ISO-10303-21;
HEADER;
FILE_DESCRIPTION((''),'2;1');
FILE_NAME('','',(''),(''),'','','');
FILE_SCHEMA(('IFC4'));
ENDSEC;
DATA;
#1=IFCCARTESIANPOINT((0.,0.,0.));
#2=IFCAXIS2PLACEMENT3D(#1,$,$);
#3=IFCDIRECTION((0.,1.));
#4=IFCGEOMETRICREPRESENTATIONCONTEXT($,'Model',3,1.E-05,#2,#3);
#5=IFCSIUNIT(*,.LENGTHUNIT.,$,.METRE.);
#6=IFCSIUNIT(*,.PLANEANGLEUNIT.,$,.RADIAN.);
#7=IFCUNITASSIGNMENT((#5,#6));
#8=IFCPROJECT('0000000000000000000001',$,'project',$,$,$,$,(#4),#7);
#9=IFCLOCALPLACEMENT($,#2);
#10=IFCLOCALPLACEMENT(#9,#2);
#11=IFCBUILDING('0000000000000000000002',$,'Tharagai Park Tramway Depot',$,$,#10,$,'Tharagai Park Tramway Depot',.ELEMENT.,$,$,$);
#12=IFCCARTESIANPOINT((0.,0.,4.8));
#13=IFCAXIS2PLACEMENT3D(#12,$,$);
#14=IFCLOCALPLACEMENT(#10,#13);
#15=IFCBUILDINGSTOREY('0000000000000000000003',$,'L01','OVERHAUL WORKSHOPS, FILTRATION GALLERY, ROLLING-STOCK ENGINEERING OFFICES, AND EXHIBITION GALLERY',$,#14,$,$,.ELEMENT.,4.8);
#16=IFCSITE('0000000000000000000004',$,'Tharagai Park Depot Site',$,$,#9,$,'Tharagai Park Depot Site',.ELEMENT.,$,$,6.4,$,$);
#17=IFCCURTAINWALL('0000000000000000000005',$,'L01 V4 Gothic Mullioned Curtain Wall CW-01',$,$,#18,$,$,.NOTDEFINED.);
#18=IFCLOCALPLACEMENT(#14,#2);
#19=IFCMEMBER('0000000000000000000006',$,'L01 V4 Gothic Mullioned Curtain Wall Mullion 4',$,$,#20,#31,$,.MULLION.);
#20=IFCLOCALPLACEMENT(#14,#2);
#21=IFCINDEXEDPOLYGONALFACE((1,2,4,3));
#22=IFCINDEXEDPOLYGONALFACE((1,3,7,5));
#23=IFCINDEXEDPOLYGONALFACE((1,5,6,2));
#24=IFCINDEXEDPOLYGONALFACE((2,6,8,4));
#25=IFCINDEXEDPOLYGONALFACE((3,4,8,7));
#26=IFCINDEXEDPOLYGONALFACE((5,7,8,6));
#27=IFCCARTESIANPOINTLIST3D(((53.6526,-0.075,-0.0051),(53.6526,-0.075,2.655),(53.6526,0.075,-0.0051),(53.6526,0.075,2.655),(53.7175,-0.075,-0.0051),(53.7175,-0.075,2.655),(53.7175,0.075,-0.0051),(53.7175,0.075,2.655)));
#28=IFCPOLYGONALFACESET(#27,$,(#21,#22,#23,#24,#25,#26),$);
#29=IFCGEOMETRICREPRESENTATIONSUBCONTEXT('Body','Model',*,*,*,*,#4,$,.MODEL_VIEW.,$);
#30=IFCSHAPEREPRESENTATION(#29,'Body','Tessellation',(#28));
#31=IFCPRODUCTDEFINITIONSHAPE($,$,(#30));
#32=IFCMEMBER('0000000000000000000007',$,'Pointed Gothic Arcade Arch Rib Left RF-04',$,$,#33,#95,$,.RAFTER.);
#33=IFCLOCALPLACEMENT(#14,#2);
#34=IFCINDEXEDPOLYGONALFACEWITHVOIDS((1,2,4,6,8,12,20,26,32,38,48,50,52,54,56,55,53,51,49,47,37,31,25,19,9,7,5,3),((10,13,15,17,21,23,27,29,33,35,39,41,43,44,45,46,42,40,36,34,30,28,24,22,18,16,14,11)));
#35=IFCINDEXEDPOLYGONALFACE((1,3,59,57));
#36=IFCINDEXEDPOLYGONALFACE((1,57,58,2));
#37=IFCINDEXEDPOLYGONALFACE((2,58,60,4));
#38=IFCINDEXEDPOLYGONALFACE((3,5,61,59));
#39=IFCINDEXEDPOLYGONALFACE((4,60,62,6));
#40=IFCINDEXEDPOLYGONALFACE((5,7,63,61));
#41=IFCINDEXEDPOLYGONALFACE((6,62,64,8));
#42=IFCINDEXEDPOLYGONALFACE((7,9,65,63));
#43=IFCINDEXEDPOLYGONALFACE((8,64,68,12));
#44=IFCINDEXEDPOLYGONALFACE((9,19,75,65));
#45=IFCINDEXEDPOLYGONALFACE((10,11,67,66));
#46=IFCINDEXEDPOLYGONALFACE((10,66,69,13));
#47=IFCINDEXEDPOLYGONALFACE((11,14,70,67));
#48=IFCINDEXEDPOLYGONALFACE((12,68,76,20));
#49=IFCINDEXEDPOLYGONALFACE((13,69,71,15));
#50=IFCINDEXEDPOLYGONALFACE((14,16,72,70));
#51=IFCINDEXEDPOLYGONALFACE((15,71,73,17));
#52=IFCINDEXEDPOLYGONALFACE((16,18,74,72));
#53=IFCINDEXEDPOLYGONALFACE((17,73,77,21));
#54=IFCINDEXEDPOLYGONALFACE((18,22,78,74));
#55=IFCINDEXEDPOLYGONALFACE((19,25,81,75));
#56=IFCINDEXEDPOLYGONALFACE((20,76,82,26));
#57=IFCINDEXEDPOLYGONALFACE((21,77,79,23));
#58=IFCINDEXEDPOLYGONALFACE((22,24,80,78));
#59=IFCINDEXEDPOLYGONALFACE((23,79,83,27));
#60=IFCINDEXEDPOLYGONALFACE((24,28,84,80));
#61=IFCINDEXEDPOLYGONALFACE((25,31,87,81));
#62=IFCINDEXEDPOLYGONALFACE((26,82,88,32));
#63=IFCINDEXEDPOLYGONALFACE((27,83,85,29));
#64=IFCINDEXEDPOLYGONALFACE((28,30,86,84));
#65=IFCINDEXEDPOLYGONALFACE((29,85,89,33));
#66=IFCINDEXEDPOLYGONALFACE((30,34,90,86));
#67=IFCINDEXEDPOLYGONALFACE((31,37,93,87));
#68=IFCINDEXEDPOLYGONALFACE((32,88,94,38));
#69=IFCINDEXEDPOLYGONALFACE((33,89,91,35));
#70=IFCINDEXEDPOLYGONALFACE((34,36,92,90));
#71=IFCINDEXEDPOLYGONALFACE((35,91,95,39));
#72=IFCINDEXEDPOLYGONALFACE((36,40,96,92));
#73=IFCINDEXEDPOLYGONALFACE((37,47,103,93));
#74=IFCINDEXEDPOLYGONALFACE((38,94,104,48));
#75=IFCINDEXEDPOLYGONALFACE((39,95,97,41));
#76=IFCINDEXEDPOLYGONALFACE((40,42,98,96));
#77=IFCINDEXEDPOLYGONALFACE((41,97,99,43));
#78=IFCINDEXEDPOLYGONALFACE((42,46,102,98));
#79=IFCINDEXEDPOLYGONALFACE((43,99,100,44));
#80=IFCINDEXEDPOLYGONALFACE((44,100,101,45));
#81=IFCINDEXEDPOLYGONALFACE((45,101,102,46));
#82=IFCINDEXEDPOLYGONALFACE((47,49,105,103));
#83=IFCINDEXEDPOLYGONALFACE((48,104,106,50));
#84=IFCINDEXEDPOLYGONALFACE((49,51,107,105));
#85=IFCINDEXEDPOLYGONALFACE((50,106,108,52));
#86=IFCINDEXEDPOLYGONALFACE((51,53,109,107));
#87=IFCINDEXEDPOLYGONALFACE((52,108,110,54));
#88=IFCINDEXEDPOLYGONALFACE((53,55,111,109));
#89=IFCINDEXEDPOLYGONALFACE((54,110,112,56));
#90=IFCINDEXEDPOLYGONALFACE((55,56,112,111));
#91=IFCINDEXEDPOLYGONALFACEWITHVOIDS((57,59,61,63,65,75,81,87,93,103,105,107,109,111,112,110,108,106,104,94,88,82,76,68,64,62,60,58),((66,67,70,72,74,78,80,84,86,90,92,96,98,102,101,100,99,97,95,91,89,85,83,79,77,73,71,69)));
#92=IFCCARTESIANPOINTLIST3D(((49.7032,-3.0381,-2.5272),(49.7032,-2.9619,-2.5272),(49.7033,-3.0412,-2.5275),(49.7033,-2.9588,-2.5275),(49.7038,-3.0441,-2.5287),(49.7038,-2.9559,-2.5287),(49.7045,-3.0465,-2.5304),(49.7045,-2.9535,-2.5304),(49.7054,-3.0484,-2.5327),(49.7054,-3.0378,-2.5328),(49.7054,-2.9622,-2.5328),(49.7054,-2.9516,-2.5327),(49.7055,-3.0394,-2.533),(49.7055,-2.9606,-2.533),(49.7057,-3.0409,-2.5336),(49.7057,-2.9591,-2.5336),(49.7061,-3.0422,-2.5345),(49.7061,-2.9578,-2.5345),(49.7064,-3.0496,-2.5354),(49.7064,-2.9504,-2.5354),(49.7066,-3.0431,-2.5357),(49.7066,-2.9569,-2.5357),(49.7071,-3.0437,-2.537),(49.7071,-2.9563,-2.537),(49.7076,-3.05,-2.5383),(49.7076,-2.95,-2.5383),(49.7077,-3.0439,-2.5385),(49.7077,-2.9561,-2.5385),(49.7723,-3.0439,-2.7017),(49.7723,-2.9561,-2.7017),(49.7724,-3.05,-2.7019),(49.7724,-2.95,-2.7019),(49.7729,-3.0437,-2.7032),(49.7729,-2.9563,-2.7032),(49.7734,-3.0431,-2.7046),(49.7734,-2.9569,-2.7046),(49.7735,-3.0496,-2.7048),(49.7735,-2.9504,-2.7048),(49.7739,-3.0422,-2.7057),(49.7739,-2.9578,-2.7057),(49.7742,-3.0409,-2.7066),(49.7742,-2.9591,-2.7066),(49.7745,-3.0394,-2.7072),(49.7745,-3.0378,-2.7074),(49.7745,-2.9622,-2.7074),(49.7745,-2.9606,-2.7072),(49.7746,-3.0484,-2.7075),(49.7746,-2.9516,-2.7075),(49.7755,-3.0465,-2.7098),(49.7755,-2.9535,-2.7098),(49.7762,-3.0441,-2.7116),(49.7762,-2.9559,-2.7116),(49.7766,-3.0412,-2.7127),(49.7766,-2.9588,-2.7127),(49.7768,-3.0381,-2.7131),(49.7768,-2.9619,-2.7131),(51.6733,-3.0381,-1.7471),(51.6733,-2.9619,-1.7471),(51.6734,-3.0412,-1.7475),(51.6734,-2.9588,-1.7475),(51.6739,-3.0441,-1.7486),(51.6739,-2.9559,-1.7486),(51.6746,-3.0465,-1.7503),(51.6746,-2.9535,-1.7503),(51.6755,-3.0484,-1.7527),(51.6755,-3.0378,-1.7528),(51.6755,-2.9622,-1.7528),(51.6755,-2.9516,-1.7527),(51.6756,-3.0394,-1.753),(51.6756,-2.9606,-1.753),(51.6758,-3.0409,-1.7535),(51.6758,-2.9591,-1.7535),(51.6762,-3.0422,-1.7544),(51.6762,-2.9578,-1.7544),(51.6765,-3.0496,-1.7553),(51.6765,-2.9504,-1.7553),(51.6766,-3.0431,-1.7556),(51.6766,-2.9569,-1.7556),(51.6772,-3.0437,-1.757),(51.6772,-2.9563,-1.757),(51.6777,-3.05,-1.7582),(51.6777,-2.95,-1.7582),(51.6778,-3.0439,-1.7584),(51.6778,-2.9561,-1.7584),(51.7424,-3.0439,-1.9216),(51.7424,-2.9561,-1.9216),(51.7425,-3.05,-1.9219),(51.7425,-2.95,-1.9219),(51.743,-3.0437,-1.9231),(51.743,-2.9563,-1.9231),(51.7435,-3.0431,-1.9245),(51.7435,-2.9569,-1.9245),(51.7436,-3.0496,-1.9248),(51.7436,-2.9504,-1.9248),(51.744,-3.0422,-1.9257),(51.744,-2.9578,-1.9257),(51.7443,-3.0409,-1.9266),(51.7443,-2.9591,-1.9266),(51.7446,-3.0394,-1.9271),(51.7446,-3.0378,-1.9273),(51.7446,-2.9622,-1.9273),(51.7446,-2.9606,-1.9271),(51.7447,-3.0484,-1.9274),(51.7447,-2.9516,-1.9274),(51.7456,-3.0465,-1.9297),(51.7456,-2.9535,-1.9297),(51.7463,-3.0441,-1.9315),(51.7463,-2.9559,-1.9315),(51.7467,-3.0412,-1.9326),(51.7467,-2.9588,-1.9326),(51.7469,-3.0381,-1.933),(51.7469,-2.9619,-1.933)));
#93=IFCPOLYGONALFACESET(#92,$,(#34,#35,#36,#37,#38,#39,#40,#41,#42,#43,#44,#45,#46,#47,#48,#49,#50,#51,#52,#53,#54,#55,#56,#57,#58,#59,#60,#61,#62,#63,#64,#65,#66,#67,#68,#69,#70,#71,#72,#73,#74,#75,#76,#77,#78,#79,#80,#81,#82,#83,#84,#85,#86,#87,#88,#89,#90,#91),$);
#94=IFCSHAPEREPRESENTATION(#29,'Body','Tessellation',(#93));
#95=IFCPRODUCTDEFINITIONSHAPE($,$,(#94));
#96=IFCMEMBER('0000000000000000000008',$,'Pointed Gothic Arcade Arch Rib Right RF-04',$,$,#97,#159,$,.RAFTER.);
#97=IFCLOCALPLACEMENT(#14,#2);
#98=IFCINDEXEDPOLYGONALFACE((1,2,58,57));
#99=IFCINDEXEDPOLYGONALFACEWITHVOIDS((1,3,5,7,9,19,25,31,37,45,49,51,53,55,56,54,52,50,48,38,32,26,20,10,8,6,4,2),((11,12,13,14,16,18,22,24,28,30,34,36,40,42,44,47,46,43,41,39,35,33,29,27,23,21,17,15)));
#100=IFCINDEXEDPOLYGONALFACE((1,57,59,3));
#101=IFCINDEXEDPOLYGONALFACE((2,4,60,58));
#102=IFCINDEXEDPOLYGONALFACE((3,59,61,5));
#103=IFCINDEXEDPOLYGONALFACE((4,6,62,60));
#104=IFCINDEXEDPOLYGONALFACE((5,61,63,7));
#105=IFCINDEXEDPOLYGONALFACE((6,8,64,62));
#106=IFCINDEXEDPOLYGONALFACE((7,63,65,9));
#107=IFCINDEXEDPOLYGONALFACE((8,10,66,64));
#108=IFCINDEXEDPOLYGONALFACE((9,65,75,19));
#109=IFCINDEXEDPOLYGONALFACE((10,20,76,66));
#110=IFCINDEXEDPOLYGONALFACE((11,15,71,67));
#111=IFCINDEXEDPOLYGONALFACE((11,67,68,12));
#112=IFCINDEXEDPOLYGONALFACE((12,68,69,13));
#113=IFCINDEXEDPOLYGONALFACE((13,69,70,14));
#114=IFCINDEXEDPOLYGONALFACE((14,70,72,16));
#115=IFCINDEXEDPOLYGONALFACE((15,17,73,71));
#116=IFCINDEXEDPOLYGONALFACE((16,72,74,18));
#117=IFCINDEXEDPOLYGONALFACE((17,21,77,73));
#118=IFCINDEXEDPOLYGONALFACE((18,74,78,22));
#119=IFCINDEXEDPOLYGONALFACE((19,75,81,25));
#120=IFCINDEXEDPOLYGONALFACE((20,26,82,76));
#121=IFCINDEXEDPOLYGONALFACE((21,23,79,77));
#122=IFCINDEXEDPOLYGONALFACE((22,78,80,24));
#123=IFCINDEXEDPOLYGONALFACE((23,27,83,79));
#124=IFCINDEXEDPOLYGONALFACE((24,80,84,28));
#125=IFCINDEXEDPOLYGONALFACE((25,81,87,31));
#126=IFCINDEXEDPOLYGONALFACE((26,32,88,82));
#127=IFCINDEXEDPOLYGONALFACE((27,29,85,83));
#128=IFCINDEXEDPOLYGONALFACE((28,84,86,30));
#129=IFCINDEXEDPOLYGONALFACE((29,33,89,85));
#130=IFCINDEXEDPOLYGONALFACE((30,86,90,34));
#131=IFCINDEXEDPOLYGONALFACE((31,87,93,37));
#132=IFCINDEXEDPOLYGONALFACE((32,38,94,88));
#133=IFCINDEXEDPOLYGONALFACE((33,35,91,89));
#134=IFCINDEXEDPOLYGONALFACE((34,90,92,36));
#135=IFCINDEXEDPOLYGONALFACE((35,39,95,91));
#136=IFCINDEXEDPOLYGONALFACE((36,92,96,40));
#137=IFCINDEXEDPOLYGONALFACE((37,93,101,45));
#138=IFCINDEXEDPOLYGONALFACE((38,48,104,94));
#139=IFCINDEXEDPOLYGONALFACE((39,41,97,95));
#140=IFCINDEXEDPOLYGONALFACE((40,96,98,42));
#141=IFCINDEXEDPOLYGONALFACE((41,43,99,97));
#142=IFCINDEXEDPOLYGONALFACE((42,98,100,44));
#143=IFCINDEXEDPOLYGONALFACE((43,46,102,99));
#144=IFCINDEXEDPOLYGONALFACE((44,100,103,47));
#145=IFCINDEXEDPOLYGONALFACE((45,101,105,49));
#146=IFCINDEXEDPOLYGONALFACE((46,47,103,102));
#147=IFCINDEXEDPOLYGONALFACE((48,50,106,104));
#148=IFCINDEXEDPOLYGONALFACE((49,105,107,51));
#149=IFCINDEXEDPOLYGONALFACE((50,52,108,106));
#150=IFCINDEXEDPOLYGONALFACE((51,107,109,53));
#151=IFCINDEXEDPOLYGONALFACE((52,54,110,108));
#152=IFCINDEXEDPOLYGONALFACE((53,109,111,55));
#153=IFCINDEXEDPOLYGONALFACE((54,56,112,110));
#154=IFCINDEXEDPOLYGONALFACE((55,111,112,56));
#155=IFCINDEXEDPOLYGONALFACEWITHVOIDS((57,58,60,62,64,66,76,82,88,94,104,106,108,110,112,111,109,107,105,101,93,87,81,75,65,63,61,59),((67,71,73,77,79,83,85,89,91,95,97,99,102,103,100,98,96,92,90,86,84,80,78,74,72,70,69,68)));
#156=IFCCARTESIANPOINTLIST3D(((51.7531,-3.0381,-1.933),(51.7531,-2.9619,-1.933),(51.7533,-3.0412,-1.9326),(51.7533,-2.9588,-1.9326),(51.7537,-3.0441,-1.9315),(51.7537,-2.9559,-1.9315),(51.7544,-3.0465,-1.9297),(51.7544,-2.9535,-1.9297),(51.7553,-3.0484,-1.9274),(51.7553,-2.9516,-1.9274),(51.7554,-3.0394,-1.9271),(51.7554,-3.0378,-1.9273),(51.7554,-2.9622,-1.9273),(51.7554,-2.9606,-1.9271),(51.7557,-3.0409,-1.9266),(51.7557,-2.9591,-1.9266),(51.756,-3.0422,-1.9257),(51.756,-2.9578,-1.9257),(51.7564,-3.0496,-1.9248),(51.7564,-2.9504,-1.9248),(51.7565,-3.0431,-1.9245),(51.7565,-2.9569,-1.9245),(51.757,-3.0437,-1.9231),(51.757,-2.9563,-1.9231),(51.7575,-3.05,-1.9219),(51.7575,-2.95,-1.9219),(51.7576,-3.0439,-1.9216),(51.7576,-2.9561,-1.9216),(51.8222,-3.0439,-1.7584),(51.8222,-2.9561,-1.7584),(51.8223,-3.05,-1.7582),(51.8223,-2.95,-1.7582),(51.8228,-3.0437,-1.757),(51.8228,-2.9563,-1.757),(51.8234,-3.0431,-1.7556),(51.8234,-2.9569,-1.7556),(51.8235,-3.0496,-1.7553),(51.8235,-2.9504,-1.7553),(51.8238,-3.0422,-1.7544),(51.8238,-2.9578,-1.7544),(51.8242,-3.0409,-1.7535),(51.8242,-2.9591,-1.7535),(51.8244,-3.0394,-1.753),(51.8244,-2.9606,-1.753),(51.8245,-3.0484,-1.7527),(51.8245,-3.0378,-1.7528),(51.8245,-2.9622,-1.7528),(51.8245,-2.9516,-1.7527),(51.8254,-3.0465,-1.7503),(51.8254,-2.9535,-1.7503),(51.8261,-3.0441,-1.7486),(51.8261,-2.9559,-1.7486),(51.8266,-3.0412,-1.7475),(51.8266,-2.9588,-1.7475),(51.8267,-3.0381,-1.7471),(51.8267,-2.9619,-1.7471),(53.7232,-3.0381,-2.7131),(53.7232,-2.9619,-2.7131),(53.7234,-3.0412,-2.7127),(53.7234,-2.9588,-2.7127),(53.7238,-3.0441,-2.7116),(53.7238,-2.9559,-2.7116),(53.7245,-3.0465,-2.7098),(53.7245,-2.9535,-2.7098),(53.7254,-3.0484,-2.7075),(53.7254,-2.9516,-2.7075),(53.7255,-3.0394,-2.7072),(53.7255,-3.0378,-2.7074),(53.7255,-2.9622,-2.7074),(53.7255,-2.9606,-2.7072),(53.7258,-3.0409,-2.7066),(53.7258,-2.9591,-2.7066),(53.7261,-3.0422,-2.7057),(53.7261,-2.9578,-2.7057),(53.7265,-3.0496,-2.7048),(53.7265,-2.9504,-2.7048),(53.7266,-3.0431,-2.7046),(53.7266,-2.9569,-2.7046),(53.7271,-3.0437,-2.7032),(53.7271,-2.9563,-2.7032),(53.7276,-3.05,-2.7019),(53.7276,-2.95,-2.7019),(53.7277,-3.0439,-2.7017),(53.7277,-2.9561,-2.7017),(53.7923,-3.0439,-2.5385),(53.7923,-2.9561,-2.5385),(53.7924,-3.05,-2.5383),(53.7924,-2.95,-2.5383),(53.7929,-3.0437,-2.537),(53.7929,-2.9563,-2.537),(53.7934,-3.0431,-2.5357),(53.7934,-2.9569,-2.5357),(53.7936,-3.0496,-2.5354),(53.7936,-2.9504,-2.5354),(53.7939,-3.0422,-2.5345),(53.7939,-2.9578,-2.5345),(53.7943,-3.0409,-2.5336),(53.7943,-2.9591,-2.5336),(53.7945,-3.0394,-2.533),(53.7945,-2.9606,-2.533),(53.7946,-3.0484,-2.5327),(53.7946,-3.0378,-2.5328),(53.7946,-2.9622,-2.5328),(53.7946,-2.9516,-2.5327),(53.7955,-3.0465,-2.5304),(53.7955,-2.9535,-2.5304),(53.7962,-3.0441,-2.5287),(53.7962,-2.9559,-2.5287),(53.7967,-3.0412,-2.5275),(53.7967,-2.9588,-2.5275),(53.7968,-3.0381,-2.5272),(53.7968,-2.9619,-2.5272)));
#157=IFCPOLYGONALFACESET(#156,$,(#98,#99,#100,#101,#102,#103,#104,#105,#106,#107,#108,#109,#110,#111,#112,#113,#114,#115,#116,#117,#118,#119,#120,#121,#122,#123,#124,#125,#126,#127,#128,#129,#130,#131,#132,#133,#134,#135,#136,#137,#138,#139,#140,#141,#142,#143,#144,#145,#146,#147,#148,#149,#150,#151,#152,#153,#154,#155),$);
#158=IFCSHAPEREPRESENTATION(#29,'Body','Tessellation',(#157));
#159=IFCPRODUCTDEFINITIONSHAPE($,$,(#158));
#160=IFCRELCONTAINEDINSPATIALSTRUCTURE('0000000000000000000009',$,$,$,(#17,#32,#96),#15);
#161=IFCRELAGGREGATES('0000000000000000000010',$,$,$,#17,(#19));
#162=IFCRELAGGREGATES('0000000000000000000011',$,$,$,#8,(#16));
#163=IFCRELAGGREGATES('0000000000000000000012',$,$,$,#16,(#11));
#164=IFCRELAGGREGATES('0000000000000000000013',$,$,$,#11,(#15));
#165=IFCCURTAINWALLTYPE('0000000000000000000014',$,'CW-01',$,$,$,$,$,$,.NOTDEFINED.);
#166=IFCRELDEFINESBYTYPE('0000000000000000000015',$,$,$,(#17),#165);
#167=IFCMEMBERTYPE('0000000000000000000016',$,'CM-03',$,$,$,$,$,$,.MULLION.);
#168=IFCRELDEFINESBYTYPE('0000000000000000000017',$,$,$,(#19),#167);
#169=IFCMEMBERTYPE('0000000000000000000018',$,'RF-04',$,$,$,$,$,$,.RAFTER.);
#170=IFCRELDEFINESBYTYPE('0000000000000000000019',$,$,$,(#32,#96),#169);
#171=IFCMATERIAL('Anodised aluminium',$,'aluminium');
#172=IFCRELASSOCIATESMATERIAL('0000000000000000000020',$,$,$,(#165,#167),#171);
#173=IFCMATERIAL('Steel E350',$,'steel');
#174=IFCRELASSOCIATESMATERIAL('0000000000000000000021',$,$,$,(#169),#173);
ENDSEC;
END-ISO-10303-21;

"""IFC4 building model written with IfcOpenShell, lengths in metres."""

from ifc_helpers import new_model, si_unit, direction, frame, origin, origin_2d, place, context, subcontext, project, spatial, rectangle, hollow_rectangle, extrude, material, material_profile, profile_set, type_object, element, aggregate, save


model = new_model("IFC4")

# Units and contexts
model_context = context("Model", 3, precision=1e-05, world=origin(), true_north=direction((0.0, 1.0)))
body_context = subcontext(model_context, "Body", "Model", "MODEL_VIEW")
ifc_project = project(units=[si_unit("LENGTHUNIT", "METRE"), si_unit("PLANEANGLEUNIT", "RADIAN")], contexts=[model_context])

# Site, building, storey
site_placement = place(None, origin())
site = spatial("IfcSite", under=ifc_project, at=site_placement, Name="Tharagai Park Depot Site", LongName="Tharagai Park Depot Site", CompositionType="ELEMENT", RefElevation=6.4)
building_placement = place(site_placement, origin())
building = spatial("IfcBuilding", under=site, at=building_placement, Name="Tharagai Park Tramway Depot", LongName="Tharagai Park Tramway Depot", CompositionType="ELEMENT")
storey_placement = place(building_placement, frame((0.0, 0.0, 4.8)))
storey = spatial("IfcBuildingStorey", under=building, at=storey_placement, Name="L01", Description="OVERHAUL WORKSHOPS, FILTRATION GALLERY, ROLLING-STOCK ENGINEERING OFFICES, AND EXHIBITION GALLERY", CompositionType="ELEMENT", Elevation=4.8)

# Curtain wall, member
ifc_material_1 = material(Name="Anodised aluminium", Category="aluminium")
curtain_wall_type = type_object("IfcCurtainWallType", Name="CW-01", PredefinedType="NOTDEFINED", material=ifc_material_1)
curtain_wall_placement = place(storey_placement, origin())
curtain_wall = element("IfcCurtainWall", 1, at=curtain_wall_placement, inside=storey, type_object=curtain_wall_type, Name="L01 V4 Gothic Mullioned Curtain Wall CW-01", PredefinedType="NOTDEFINED")
ifc_material_profile_1 = material_profile(ifc_material_1, rectangle(XDim=0.0649, YDim=0.1499, at=origin_2d()), Name="ALU 65x150")
ifc_profile_set_1 = profile_set([ifc_material_profile_1], Name="Anodised aluminium")
member_type_1 = type_object("IfcMemberType", Name="CM-03", PredefinedType="MULLION", material=ifc_profile_set_1)
member_1_placement = place(storey_placement, frame((53.6851, 0.0, -0.0051), z_axis=(0.0, 0.0, 1.0), x_axis=(1.0, 0.0, 0.0)))
member_1 = element("IfcMember", 2, at=member_1_placement, type_object=member_type_1, Name="L01 V4 Gothic Mullioned Curtain Wall Mullion 4", PredefinedType="MULLION", context=body_context, shape_type="SweptSolid", body=[
    extrude(rectangle(XDim=0.0649, YDim=0.1499, at=origin_2d()), origin(), (0.0, 0.0, 1.0), 2.6602),
])

# Members
ifc_material_2 = material(Name="Steel E350", Category="steel")
ifc_material_profile_2 = material_profile(ifc_material_2, hollow_rectangle(XDim=0.1001, YDim=0.2, WallThickness=0.0061, InnerFilletRadius=0.0061, OuterFilletRadius=0.012, at=origin_2d()), Name="RHS 200x100x6")
ifc_profile_set_2 = profile_set([ifc_material_profile_2], Name="Steel E350")
member_type_2 = type_object("IfcMemberType", Name="RF-04", PredefinedType="RAFTER", material=ifc_profile_set_2)
for number, where, z_axis, x_axis, name in (
    (3, (49.74, -3.0, -2.6201), (0.929766, 0.0, 0.36815), (0.0, 1.0, 0.0), "Pointed Gothic Arcade Arch Rib Left RF-04"),
    (4, (53.76, -3.0, -2.6201), (-0.929766, 0.0, 0.36815), (0.0, -1.0, 0.0), "Pointed Gothic Arcade Arch Rib Right RF-04"),
):
    element("IfcMember", number, at=place(storey_placement, frame(where, z_axis=z_axis, x_axis=x_axis)), inside=storey, type_object=member_type_2, Name=name, PredefinedType="RAFTER", context=body_context, shape_type="SweptSolid", body=[
        extrude(hollow_rectangle(XDim=0.1001, YDim=0.2, WallThickness=0.0061, InnerFilletRadius=0.0061, OuterFilletRadius=0.012, at=origin_2d()), origin(), (0.0, 0.0, 1.0), 2.1189),
    ])

aggregate(curtain_wall, [member_1])

save(model, "model.ifc")
